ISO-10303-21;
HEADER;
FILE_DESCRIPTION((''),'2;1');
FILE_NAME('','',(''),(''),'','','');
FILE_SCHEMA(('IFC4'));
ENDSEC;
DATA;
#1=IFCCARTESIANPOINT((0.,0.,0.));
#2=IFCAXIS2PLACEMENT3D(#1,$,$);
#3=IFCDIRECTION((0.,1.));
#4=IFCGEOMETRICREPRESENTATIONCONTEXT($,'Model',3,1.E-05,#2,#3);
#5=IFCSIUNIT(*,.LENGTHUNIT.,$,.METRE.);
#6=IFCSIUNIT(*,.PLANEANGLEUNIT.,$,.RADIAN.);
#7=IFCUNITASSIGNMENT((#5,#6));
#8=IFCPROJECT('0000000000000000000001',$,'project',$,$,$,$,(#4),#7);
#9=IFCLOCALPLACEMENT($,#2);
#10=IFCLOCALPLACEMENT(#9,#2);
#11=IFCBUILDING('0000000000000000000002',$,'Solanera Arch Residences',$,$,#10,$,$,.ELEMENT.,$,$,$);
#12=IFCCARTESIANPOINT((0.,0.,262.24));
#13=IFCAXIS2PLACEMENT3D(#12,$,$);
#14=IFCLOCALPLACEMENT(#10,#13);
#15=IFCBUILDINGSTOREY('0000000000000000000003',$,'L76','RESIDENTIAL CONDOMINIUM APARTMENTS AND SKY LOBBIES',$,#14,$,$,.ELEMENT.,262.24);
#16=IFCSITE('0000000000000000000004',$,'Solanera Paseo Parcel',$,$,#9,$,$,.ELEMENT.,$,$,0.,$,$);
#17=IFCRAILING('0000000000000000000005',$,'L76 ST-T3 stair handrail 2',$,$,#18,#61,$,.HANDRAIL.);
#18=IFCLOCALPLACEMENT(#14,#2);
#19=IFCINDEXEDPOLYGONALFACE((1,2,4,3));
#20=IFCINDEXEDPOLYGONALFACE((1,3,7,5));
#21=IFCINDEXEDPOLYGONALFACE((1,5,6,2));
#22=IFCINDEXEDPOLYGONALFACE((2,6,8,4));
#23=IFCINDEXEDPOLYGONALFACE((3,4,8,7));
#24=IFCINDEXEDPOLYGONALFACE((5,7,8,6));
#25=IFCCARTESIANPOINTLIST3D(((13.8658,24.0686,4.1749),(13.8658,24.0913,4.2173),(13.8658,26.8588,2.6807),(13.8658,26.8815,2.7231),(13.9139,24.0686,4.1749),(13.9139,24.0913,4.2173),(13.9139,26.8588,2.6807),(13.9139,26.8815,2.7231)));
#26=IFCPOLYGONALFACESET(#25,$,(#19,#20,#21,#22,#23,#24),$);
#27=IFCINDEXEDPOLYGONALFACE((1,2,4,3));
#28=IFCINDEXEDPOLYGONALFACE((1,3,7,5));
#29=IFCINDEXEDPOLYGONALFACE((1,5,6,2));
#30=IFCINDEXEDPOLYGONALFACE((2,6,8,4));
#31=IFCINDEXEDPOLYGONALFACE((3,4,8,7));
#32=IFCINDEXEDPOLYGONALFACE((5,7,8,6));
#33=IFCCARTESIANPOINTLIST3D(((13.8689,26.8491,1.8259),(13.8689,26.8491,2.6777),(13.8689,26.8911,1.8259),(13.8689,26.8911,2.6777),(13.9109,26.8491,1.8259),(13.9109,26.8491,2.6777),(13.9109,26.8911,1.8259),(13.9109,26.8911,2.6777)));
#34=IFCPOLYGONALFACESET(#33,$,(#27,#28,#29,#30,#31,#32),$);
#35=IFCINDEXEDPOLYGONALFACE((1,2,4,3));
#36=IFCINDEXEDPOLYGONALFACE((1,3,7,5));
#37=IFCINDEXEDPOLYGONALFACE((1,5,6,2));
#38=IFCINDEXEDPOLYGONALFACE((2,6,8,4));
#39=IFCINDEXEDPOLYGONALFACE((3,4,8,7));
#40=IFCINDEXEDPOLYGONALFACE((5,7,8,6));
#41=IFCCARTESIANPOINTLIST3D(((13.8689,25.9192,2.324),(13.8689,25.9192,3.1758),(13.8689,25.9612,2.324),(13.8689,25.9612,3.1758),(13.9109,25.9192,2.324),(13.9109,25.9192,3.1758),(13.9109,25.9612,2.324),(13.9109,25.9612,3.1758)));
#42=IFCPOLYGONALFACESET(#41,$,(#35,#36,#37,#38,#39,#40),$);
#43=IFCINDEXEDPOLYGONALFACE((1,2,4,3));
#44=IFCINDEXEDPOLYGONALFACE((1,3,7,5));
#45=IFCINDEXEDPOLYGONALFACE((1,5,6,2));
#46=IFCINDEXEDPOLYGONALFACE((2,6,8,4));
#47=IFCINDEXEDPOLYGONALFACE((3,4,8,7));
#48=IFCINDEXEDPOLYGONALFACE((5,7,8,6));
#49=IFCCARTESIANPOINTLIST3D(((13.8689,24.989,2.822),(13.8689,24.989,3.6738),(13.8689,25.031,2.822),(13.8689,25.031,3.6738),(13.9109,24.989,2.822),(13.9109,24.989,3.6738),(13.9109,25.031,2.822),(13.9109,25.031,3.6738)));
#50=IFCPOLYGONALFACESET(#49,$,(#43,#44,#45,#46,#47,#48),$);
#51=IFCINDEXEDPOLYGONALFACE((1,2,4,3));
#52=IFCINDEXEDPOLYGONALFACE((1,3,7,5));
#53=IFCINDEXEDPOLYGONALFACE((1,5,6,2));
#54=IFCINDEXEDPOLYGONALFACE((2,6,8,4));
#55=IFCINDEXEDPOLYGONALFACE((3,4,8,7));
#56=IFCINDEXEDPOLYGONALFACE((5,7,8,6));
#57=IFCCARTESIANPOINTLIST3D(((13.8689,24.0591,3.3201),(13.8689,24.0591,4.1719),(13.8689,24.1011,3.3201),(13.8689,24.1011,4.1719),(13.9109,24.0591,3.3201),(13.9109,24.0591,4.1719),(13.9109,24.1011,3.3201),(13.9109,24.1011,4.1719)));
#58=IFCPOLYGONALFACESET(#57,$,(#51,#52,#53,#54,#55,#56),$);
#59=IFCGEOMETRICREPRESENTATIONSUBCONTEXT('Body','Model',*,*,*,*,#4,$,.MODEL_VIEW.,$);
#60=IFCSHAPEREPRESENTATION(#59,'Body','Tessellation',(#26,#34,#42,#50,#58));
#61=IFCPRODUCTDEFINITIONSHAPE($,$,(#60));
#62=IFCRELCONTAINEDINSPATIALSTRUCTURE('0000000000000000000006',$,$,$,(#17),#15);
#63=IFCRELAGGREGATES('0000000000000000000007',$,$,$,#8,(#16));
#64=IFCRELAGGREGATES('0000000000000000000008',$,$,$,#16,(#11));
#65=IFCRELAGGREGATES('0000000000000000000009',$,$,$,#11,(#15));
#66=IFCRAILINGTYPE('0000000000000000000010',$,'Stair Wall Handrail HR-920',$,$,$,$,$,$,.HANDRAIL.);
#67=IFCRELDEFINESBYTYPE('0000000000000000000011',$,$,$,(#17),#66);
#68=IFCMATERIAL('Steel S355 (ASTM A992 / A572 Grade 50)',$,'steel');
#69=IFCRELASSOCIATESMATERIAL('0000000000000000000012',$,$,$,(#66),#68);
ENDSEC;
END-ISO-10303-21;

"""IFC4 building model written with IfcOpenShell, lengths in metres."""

from ifc_helpers import new_model, si_unit, direction, frame, origin, origin_2d, place, context, subcontext, project, spatial, rectangle, extrude, material, type_object, element, save


model = new_model("IFC4")

# Units and contexts
model_context = context("Model", 3, precision=1e-05, world=origin(), true_north=direction((0.0, 1.0)))
body_context = subcontext(model_context, "Body", "Model", "MODEL_VIEW")
ifc_project = project(units=[si_unit("LENGTHUNIT", "METRE"), si_unit("PLANEANGLEUNIT", "RADIAN")], contexts=[model_context])

# Site, building, storey
site_placement = place(None, origin())
site = spatial("IfcSite", under=ifc_project, at=site_placement, Name="Solanera Paseo Parcel", CompositionType="ELEMENT", RefElevation=0.0)
building_placement = place(site_placement, origin())
building = spatial("IfcBuilding", under=site, at=building_placement, Name="Solanera Arch Residences", CompositionType="ELEMENT")
storey_placement = place(building_placement, frame((0.0, 0.0, 262.24)))
storey = spatial("IfcBuildingStorey", under=building, at=storey_placement, Name="L76", Description="RESIDENTIAL CONDOMINIUM APARTMENTS AND SKY LOBBIES", CompositionType="ELEMENT", Elevation=262.24)

# Railing
ifc_material_1 = material(Name="Steel S355 (ASTM A992 / A572 Grade 50)", Category="steel")
railing_type_1 = type_object("IfcRailingType", Name="Stair Wall Handrail HR-920", PredefinedType="HANDRAIL", material=ifc_material_1)
railing_1_placement = place(storey_placement, frame((13.8899, 26.8701, 1.8259)))
element("IfcRailing", 1, at=railing_1_placement, inside=storey, type_object=railing_type_1, Name="L76 ST-T3 stair handrail 2", PredefinedType="HANDRAIL", context=body_context, shape_type="SweptSolid", body=[
    extrude(rectangle(XDim=0.0481, YDim=0.0481, at=origin_2d()), frame((0.0, 0.0, 0.876), z_axis=(0.0, -0.881549, 0.472093), x_axis=(1.0, 0.0, 0.0)), (0.0, 0.0, 1.0), 3.165),
    extrude(rectangle(XDim=0.042, YDim=0.042, at=origin_2d()), origin(), (0.0, 0.0, 1.0), 0.8518),
    extrude(rectangle(XDim=0.042, YDim=0.042, at=origin_2d()), frame((0.0, -0.9299, 0.498)), (0.0, 0.0, 1.0), 0.8518),
    extrude(rectangle(XDim=0.042, YDim=0.042, at=origin_2d()), frame((0.0, -1.8601, 0.9961)), (0.0, 0.0, 1.0), 0.8518),
    extrude(rectangle(XDim=0.042, YDim=0.042, at=origin_2d()), frame((0.0, -2.79, 1.4941)), (0.0, 0.0, 1.0), 0.8518),
])

save(model, "model.ifc")
